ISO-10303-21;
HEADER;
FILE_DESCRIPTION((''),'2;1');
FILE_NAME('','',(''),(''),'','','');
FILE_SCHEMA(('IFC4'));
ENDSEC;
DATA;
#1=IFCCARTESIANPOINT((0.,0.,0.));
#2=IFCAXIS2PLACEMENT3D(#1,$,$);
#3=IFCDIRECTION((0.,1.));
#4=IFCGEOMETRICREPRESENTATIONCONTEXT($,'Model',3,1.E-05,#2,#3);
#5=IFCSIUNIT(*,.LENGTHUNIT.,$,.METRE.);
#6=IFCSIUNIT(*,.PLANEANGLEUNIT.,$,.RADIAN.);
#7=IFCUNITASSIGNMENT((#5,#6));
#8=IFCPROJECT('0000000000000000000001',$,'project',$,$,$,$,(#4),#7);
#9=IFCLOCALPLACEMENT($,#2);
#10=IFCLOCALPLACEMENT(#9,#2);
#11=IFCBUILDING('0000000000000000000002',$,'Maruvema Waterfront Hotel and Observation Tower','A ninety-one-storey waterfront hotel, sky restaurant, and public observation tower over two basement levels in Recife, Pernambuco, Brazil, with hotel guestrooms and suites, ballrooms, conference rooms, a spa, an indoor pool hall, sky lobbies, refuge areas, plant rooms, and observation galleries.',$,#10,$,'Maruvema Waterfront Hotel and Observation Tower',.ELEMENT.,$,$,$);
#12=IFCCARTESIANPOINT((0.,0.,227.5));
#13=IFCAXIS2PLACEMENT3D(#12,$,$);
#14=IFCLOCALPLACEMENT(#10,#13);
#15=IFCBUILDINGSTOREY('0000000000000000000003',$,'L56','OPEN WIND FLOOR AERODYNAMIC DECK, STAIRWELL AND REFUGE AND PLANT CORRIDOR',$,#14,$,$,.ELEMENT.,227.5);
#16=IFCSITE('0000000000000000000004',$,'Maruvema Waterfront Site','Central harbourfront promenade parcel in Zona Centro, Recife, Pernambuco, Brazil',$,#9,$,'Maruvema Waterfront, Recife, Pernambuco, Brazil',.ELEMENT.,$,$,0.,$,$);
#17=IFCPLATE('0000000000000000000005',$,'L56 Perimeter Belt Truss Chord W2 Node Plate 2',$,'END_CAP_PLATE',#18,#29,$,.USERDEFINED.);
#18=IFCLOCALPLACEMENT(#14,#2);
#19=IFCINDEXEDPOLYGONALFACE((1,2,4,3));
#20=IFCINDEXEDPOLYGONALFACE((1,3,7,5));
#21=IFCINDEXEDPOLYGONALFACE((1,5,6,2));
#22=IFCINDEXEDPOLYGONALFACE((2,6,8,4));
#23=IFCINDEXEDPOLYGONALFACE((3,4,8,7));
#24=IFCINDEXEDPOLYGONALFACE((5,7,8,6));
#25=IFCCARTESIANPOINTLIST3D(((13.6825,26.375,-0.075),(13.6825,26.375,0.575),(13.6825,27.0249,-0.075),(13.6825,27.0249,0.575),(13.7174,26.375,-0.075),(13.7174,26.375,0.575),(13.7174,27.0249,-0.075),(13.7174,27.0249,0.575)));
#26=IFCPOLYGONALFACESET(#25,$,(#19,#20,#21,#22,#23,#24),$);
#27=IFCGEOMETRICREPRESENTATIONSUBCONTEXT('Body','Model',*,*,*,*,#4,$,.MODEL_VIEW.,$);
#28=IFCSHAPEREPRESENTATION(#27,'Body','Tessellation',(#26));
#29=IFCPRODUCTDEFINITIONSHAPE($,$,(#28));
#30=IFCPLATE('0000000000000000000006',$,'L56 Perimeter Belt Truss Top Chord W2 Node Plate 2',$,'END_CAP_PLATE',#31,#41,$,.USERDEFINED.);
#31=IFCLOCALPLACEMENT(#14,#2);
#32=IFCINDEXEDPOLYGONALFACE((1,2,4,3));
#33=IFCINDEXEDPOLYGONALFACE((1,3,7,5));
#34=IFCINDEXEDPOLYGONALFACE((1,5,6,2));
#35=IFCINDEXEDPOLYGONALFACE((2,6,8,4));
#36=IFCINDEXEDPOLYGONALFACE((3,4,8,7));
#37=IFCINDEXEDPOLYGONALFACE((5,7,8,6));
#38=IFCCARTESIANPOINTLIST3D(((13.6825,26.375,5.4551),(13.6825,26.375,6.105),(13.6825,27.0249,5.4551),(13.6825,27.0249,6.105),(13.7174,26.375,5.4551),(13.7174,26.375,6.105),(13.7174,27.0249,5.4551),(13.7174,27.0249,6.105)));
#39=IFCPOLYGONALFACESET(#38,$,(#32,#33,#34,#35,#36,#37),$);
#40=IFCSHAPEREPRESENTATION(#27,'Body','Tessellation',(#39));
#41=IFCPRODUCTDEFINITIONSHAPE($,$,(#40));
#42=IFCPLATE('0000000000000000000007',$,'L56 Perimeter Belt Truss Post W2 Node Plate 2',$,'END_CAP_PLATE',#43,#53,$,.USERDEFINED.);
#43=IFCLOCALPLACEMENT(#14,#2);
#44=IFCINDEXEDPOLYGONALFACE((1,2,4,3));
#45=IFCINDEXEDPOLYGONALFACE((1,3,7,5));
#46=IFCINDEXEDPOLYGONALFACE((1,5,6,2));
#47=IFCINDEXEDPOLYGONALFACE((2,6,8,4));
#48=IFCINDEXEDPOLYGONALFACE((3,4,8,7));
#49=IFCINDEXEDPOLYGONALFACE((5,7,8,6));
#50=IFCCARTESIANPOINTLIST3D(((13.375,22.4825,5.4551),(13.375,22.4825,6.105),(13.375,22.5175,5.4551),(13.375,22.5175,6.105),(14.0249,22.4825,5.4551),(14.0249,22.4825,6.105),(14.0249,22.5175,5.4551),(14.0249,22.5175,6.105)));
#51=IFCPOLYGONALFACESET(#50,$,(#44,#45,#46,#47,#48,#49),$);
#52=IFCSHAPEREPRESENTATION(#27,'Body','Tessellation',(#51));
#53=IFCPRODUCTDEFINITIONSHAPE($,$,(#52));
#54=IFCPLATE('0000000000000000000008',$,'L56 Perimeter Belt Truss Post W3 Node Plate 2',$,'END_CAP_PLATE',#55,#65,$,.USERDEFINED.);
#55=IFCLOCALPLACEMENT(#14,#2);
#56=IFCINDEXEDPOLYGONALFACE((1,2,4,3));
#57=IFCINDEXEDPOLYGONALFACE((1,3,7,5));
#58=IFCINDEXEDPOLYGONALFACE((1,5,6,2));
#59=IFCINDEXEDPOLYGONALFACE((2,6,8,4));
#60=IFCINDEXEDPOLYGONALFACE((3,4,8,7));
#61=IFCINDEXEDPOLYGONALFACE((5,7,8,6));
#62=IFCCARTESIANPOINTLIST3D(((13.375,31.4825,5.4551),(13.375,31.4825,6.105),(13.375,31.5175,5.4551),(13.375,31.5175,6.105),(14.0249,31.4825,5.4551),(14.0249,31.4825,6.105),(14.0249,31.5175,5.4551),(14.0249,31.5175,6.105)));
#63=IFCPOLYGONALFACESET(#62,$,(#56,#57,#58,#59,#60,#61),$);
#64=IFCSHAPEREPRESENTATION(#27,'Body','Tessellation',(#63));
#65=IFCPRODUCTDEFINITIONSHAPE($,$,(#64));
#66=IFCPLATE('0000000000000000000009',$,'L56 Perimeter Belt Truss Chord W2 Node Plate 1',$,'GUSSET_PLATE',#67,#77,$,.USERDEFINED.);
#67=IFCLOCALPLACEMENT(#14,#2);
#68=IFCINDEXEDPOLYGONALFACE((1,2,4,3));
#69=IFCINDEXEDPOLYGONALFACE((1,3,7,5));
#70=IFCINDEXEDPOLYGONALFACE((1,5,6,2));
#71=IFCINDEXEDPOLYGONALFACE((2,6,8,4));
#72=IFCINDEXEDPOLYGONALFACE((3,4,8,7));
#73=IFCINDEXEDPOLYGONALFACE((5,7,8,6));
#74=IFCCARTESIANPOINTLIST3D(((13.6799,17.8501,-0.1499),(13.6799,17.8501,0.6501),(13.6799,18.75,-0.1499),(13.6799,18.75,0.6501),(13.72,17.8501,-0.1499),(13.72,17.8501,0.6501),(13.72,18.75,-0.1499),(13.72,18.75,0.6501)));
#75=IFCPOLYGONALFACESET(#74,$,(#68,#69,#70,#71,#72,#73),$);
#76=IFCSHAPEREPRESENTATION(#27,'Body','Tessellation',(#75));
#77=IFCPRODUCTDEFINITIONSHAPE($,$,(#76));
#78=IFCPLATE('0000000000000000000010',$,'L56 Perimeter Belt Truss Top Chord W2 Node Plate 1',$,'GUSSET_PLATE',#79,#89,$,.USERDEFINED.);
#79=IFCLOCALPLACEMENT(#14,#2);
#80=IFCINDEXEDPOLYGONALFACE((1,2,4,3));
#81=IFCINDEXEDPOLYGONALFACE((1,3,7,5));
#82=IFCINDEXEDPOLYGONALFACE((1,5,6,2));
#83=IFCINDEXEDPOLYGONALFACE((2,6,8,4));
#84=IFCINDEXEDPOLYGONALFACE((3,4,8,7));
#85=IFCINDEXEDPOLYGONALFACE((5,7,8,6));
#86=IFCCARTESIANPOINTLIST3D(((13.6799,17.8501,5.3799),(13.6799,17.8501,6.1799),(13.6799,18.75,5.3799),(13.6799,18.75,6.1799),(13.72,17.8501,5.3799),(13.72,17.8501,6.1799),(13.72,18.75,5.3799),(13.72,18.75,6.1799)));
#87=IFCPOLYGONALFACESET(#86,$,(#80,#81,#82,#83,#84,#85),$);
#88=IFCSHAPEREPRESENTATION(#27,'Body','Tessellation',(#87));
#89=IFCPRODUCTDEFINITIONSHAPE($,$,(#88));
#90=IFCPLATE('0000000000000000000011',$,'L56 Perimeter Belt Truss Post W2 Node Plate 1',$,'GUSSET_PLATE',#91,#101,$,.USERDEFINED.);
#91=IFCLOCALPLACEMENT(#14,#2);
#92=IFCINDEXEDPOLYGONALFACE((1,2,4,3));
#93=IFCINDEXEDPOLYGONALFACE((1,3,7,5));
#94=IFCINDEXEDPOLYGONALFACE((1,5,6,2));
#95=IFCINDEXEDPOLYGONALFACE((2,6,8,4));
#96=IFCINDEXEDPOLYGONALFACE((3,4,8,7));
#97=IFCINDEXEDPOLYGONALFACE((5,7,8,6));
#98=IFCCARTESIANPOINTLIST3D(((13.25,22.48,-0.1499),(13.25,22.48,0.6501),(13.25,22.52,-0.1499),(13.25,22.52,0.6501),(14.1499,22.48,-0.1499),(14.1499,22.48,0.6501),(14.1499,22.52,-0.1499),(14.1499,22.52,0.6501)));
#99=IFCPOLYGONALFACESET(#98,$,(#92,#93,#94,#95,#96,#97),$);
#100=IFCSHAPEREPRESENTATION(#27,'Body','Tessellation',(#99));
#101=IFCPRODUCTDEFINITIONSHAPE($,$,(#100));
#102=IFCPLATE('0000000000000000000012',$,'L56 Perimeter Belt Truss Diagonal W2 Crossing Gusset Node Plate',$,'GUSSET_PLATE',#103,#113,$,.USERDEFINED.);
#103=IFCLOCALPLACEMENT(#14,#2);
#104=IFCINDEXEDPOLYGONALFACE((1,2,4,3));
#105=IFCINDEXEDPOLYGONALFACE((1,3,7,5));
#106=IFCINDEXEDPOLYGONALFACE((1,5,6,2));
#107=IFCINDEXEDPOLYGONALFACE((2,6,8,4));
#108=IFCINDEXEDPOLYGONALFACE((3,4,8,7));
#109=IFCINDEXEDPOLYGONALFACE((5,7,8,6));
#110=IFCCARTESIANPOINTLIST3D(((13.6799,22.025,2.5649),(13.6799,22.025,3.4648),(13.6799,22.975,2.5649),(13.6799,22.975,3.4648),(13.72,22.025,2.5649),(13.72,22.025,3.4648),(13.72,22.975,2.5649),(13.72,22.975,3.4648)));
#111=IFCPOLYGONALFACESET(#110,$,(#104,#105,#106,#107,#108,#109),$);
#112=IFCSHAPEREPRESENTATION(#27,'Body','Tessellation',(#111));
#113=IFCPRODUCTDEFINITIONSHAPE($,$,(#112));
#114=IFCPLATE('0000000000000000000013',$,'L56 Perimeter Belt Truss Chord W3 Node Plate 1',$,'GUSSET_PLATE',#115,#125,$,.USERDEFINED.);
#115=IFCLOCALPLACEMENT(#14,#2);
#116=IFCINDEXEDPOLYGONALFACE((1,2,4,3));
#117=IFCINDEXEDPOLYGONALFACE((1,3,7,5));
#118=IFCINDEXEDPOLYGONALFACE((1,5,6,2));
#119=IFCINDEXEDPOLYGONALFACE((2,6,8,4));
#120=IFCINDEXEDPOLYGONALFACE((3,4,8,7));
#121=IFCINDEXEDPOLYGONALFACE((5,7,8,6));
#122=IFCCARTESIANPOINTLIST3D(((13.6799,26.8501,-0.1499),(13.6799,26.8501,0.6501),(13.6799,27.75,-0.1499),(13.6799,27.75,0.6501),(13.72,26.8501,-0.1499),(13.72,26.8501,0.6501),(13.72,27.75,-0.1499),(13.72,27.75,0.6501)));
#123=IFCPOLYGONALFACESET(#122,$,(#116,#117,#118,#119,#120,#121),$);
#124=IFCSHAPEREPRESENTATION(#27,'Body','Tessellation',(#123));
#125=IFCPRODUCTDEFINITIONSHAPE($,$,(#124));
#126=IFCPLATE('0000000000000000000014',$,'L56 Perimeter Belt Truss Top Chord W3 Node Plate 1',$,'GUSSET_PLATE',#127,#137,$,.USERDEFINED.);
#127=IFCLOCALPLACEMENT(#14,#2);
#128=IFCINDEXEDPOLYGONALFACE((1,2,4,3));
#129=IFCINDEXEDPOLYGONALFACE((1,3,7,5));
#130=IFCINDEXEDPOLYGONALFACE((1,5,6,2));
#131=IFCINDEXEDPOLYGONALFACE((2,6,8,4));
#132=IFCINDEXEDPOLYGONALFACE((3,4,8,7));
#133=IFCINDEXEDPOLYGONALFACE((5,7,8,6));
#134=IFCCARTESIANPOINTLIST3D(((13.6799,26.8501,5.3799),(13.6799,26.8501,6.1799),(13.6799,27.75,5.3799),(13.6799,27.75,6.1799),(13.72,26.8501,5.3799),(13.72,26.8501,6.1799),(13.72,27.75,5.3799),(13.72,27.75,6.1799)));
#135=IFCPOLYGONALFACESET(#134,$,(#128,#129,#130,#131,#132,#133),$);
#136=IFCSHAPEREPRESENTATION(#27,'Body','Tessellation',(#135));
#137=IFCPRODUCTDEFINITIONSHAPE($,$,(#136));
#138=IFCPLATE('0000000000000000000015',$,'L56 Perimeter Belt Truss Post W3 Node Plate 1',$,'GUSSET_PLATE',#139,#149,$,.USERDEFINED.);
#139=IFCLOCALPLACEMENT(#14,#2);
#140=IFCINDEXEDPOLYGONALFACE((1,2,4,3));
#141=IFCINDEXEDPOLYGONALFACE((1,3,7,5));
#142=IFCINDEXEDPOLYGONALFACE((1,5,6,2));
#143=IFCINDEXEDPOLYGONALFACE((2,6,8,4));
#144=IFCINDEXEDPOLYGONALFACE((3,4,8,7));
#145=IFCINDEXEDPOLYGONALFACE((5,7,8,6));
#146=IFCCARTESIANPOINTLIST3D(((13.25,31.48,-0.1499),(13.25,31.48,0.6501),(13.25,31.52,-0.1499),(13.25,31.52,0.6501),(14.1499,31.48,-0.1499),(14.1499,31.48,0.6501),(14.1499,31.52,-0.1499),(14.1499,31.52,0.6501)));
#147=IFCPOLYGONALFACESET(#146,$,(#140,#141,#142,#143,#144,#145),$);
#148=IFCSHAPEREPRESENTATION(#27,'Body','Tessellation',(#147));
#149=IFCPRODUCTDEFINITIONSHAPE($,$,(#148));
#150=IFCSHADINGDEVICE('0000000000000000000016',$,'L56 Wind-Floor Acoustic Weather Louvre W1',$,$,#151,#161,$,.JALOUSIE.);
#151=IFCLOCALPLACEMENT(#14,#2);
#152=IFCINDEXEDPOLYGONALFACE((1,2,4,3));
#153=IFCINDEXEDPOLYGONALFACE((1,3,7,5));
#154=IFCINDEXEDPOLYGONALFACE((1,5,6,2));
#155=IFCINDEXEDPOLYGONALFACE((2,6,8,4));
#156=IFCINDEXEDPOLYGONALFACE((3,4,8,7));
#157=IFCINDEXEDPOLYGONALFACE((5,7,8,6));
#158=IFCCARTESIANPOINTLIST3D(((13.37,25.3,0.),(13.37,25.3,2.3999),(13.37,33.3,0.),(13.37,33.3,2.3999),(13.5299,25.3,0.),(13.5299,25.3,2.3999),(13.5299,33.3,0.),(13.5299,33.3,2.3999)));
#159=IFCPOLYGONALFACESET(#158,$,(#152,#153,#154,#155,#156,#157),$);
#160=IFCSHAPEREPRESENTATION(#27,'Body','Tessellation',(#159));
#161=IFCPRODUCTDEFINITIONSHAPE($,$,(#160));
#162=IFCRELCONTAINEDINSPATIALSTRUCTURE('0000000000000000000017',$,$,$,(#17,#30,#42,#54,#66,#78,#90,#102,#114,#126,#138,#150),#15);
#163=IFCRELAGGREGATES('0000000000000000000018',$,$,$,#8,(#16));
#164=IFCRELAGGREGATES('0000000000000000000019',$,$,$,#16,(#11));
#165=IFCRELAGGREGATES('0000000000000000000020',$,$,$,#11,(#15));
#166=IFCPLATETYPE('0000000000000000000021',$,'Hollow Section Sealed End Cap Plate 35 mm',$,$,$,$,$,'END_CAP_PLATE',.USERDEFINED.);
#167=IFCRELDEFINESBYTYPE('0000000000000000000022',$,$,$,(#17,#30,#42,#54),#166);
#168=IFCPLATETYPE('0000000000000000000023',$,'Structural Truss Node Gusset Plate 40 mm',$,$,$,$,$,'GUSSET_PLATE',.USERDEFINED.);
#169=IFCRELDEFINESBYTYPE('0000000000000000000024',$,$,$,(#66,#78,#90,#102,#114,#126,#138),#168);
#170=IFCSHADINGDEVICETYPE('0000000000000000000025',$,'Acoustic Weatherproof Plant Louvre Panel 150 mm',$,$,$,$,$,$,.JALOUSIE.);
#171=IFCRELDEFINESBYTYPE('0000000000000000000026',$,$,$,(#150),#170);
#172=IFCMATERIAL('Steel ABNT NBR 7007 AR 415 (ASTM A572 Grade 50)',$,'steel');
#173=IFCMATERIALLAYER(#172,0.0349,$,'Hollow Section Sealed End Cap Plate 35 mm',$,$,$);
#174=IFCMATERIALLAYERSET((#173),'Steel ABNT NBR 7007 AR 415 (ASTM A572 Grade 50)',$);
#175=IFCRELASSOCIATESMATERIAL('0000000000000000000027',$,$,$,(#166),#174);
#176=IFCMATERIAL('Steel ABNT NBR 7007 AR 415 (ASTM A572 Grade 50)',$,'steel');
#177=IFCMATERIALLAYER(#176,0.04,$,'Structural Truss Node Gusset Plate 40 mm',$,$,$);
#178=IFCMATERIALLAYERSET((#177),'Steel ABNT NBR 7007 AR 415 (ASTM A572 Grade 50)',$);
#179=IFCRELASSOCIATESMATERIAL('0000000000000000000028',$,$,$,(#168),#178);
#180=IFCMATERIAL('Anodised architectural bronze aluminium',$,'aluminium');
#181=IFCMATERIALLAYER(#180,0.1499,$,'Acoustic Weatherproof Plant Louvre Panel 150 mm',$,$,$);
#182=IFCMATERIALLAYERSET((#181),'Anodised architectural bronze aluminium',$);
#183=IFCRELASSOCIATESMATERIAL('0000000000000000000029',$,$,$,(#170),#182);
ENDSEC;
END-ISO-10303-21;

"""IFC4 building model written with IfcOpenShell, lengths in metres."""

from ifc_helpers import new_model, si_unit, direction, frame, origin, origin_2d, place, context, subcontext, project, spatial, rectangle, extrude, material, layer, layer_set, type_object, element, save


model = new_model("IFC4")

# Units and contexts
model_context = context("Model", 3, precision=1e-05, world=origin(), true_north=direction((0.0, 1.0)))
body_context = subcontext(model_context, "Body", "Model", "MODEL_VIEW")
ifc_project = project(units=[si_unit("LENGTHUNIT", "METRE"), si_unit("PLANEANGLEUNIT", "RADIAN")], contexts=[model_context])

# Site, building, storey
site_placement = place(None, origin())
site = spatial("IfcSite", under=ifc_project, at=site_placement, Name="Maruvema Waterfront Site", Description="Central harbourfront promenade parcel in Zona Centro, Recife, Pernambuco, Brazil", LongName="Maruvema Waterfront, Recife, Pernambuco, Brazil", CompositionType="ELEMENT", RefElevation=0.0)
building_placement = place(site_placement, origin())
building = spatial("IfcBuilding", under=site, at=building_placement, Name="Maruvema Waterfront Hotel and Observation Tower", Description="A ninety-one-storey waterfront hotel, sky restaurant, and public observation tower over two basement levels in Recife, Pernambuco, Brazil, with hotel guestrooms and suites, ballrooms, conference rooms, a spa, an indoor pool hall, sky lobbies, refuge areas, plant rooms, and observation galleries.", LongName="Maruvema Waterfront Hotel and Observation Tower", CompositionType="ELEMENT")
storey_placement = place(building_placement, frame((0.0, 0.0, 227.5)))
storey = spatial("IfcBuildingStorey", under=building, at=storey_placement, Name="L56", Description="OPEN WIND FLOOR AERODYNAMIC DECK, STAIRWELL AND REFUGE AND PLANT CORRIDOR", CompositionType="ELEMENT", Elevation=227.5)

# Plates
ifc_material_1 = material(Name="Steel ABNT NBR 7007 AR 415 (ASTM A572 Grade 50)", Category="steel")
ifc_layer_1 = layer(ifc_material_1, 0.0349, Name="Hollow Section Sealed End Cap Plate 35 mm")
ifc_layer_set_1 = layer_set([ifc_layer_1], Name="Steel ABNT NBR 7007 AR 415 (ASTM A572 Grade 50)")
plate_type_1 = type_object("IfcPlateType", Name="Hollow Section Sealed End Cap Plate 35 mm", ElementType="END_CAP_PLATE", PredefinedType="USERDEFINED", material=ifc_layer_set_1)
for number, where, z_axis, x_axis, name in (
    (1, (13.7, 26.7, -0.075), (0.0, 0.0, 1.0), (0.0, 1.0, 0.0), "L56 Perimeter Belt Truss Chord W2 Node Plate 2"),
    (2, (13.7, 26.7, 5.4551), (0.0, 0.0, 1.0), (0.0, 1.0, 0.0), "L56 Perimeter Belt Truss Top Chord W2 Node Plate 2"),
    (3, (13.7, 22.5, 5.4551), (0.0, 0.0, 1.0), (1.0, 0.0, 0.0), "L56 Perimeter Belt Truss Post W2 Node Plate 2"),
    (4, (13.7, 31.5, 5.4551), (0.0, 0.0, 1.0), (1.0, 0.0, 0.0), "L56 Perimeter Belt Truss Post W3 Node Plate 2"),
):
    element("IfcPlate", number, at=place(storey_placement, frame(where, z_axis=z_axis, x_axis=x_axis)), inside=storey, type_object=plate_type_1, Name=name, ObjectType="END_CAP_PLATE", PredefinedType="USERDEFINED", context=body_context, shape_type="SweptSolid", body=[
        extrude(rectangle(XDim=0.6499, YDim=0.0349, at=origin_2d()), origin(), (0.0, 0.0, 1.0), 0.6499),
    ])
ifc_material_2 = material(Name="Steel ABNT NBR 7007 AR 415 (ASTM A572 Grade 50)", Category="steel")
ifc_layer_2 = layer(ifc_material_2, 0.04, Name="Structural Truss Node Gusset Plate 40 mm")
ifc_layer_set_2 = layer_set([ifc_layer_2], Name="Steel ABNT NBR 7007 AR 415 (ASTM A572 Grade 50)")
plate_type_2 = type_object("IfcPlateType", Name="Structural Truss Node Gusset Plate 40 mm", ElementType="GUSSET_PLATE", PredefinedType="USERDEFINED", material=ifc_layer_set_2)
for number, where, z_axis, x_axis, name in (
    (5, (13.7, 18.3, -0.1499), (0.0, 0.0, 1.0), (0.0, 1.0, 0.0), "L56 Perimeter Belt Truss Chord W2 Node Plate 1"),
    (6, (13.7, 18.3, 5.3799), (0.0, 0.0, 1.0), (0.0, 1.0, 0.0), "L56 Perimeter Belt Truss Top Chord W2 Node Plate 1"),
    (7, (13.7, 22.5, -0.1499), (0.0, 0.0, 1.0), (1.0, 0.0, 0.0), "L56 Perimeter Belt Truss Post W2 Node Plate 1"),
):
    element("IfcPlate", number, at=place(storey_placement, frame(where, z_axis=z_axis, x_axis=x_axis)), inside=storey, type_object=plate_type_2, Name=name, ObjectType="GUSSET_PLATE", PredefinedType="USERDEFINED", context=body_context, shape_type="SweptSolid", body=[
        extrude(rectangle(XDim=0.8999, YDim=0.04, at=origin_2d()), origin(), (0.0, 0.0, 1.0), 0.8),
    ])
plate_placement = place(storey_placement, frame((13.7, 22.5, 2.5649), z_axis=(0.0, 0.0, 1.0), x_axis=(0.0, -1.0, 0.0)))
element("IfcPlate", 8, at=plate_placement, inside=storey, type_object=plate_type_2, Name="L56 Perimeter Belt Truss Diagonal W2 Crossing Gusset Node Plate", ObjectType="GUSSET_PLATE", PredefinedType="USERDEFINED", context=body_context, shape_type="SweptSolid", body=[
    extrude(rectangle(XDim=0.95, YDim=0.04, at=origin_2d()), origin(), (0.0, 0.0, 1.0), 0.8999),
])
for number, where, z_axis, x_axis, name in (
    (9, (13.7, 27.3, -0.1499), (0.0, 0.0, 1.0), (0.0, 1.0, 0.0), "L56 Perimeter Belt Truss Chord W3 Node Plate 1"),
    (10, (13.7, 27.3, 5.3799), (0.0, 0.0, 1.0), (0.0, 1.0, 0.0), "L56 Perimeter Belt Truss Top Chord W3 Node Plate 1"),
    (11, (13.7, 31.5, -0.1499), (0.0, 0.0, 1.0), (1.0, 0.0, 0.0), "L56 Perimeter Belt Truss Post W3 Node Plate 1"),
):
    element("IfcPlate", number, at=place(storey_placement, frame(where, z_axis=z_axis, x_axis=x_axis)), inside=storey, type_object=plate_type_2, Name=name, ObjectType="GUSSET_PLATE", PredefinedType="USERDEFINED", context=body_context, shape_type="SweptSolid", body=[
        extrude(rectangle(XDim=0.8999, YDim=0.04, at=origin_2d()), origin(), (0.0, 0.0, 1.0), 0.8),
    ])

# Shading device
ifc_material_3 = material(Name="Anodised architectural bronze aluminium", Category="aluminium")
ifc_layer_3 = layer(ifc_material_3, 0.1499, Name="Acoustic Weatherproof Plant Louvre Panel 150 mm")
ifc_layer_set_3 = layer_set([ifc_layer_3], Name="Anodised architectural bronze aluminium")
shading_device_type = type_object("IfcShadingDeviceType", Name="Acoustic Weatherproof Plant Louvre Panel 150 mm", PredefinedType="JALOUSIE", material=ifc_layer_set_3)
shading_device_placement = place(storey_placement, frame((13.45, 29.3, 0.0), z_axis=(0.0, 0.0, 1.0), x_axis=(0.0, 1.0, 0.0)))
element("IfcShadingDevice", 12, at=shading_device_placement, inside=storey, type_object=shading_device_type, Name="L56 Wind-Floor Acoustic Weather Louvre W1", PredefinedType="JALOUSIE", context=body_context, shape_type="SweptSolid", body=[
    extrude(rectangle(XDim=8.0, YDim=0.1599, at=origin_2d()), origin(), (0.0, 0.0, 1.0), 2.3999),
])

save(model, "model.ifc")
